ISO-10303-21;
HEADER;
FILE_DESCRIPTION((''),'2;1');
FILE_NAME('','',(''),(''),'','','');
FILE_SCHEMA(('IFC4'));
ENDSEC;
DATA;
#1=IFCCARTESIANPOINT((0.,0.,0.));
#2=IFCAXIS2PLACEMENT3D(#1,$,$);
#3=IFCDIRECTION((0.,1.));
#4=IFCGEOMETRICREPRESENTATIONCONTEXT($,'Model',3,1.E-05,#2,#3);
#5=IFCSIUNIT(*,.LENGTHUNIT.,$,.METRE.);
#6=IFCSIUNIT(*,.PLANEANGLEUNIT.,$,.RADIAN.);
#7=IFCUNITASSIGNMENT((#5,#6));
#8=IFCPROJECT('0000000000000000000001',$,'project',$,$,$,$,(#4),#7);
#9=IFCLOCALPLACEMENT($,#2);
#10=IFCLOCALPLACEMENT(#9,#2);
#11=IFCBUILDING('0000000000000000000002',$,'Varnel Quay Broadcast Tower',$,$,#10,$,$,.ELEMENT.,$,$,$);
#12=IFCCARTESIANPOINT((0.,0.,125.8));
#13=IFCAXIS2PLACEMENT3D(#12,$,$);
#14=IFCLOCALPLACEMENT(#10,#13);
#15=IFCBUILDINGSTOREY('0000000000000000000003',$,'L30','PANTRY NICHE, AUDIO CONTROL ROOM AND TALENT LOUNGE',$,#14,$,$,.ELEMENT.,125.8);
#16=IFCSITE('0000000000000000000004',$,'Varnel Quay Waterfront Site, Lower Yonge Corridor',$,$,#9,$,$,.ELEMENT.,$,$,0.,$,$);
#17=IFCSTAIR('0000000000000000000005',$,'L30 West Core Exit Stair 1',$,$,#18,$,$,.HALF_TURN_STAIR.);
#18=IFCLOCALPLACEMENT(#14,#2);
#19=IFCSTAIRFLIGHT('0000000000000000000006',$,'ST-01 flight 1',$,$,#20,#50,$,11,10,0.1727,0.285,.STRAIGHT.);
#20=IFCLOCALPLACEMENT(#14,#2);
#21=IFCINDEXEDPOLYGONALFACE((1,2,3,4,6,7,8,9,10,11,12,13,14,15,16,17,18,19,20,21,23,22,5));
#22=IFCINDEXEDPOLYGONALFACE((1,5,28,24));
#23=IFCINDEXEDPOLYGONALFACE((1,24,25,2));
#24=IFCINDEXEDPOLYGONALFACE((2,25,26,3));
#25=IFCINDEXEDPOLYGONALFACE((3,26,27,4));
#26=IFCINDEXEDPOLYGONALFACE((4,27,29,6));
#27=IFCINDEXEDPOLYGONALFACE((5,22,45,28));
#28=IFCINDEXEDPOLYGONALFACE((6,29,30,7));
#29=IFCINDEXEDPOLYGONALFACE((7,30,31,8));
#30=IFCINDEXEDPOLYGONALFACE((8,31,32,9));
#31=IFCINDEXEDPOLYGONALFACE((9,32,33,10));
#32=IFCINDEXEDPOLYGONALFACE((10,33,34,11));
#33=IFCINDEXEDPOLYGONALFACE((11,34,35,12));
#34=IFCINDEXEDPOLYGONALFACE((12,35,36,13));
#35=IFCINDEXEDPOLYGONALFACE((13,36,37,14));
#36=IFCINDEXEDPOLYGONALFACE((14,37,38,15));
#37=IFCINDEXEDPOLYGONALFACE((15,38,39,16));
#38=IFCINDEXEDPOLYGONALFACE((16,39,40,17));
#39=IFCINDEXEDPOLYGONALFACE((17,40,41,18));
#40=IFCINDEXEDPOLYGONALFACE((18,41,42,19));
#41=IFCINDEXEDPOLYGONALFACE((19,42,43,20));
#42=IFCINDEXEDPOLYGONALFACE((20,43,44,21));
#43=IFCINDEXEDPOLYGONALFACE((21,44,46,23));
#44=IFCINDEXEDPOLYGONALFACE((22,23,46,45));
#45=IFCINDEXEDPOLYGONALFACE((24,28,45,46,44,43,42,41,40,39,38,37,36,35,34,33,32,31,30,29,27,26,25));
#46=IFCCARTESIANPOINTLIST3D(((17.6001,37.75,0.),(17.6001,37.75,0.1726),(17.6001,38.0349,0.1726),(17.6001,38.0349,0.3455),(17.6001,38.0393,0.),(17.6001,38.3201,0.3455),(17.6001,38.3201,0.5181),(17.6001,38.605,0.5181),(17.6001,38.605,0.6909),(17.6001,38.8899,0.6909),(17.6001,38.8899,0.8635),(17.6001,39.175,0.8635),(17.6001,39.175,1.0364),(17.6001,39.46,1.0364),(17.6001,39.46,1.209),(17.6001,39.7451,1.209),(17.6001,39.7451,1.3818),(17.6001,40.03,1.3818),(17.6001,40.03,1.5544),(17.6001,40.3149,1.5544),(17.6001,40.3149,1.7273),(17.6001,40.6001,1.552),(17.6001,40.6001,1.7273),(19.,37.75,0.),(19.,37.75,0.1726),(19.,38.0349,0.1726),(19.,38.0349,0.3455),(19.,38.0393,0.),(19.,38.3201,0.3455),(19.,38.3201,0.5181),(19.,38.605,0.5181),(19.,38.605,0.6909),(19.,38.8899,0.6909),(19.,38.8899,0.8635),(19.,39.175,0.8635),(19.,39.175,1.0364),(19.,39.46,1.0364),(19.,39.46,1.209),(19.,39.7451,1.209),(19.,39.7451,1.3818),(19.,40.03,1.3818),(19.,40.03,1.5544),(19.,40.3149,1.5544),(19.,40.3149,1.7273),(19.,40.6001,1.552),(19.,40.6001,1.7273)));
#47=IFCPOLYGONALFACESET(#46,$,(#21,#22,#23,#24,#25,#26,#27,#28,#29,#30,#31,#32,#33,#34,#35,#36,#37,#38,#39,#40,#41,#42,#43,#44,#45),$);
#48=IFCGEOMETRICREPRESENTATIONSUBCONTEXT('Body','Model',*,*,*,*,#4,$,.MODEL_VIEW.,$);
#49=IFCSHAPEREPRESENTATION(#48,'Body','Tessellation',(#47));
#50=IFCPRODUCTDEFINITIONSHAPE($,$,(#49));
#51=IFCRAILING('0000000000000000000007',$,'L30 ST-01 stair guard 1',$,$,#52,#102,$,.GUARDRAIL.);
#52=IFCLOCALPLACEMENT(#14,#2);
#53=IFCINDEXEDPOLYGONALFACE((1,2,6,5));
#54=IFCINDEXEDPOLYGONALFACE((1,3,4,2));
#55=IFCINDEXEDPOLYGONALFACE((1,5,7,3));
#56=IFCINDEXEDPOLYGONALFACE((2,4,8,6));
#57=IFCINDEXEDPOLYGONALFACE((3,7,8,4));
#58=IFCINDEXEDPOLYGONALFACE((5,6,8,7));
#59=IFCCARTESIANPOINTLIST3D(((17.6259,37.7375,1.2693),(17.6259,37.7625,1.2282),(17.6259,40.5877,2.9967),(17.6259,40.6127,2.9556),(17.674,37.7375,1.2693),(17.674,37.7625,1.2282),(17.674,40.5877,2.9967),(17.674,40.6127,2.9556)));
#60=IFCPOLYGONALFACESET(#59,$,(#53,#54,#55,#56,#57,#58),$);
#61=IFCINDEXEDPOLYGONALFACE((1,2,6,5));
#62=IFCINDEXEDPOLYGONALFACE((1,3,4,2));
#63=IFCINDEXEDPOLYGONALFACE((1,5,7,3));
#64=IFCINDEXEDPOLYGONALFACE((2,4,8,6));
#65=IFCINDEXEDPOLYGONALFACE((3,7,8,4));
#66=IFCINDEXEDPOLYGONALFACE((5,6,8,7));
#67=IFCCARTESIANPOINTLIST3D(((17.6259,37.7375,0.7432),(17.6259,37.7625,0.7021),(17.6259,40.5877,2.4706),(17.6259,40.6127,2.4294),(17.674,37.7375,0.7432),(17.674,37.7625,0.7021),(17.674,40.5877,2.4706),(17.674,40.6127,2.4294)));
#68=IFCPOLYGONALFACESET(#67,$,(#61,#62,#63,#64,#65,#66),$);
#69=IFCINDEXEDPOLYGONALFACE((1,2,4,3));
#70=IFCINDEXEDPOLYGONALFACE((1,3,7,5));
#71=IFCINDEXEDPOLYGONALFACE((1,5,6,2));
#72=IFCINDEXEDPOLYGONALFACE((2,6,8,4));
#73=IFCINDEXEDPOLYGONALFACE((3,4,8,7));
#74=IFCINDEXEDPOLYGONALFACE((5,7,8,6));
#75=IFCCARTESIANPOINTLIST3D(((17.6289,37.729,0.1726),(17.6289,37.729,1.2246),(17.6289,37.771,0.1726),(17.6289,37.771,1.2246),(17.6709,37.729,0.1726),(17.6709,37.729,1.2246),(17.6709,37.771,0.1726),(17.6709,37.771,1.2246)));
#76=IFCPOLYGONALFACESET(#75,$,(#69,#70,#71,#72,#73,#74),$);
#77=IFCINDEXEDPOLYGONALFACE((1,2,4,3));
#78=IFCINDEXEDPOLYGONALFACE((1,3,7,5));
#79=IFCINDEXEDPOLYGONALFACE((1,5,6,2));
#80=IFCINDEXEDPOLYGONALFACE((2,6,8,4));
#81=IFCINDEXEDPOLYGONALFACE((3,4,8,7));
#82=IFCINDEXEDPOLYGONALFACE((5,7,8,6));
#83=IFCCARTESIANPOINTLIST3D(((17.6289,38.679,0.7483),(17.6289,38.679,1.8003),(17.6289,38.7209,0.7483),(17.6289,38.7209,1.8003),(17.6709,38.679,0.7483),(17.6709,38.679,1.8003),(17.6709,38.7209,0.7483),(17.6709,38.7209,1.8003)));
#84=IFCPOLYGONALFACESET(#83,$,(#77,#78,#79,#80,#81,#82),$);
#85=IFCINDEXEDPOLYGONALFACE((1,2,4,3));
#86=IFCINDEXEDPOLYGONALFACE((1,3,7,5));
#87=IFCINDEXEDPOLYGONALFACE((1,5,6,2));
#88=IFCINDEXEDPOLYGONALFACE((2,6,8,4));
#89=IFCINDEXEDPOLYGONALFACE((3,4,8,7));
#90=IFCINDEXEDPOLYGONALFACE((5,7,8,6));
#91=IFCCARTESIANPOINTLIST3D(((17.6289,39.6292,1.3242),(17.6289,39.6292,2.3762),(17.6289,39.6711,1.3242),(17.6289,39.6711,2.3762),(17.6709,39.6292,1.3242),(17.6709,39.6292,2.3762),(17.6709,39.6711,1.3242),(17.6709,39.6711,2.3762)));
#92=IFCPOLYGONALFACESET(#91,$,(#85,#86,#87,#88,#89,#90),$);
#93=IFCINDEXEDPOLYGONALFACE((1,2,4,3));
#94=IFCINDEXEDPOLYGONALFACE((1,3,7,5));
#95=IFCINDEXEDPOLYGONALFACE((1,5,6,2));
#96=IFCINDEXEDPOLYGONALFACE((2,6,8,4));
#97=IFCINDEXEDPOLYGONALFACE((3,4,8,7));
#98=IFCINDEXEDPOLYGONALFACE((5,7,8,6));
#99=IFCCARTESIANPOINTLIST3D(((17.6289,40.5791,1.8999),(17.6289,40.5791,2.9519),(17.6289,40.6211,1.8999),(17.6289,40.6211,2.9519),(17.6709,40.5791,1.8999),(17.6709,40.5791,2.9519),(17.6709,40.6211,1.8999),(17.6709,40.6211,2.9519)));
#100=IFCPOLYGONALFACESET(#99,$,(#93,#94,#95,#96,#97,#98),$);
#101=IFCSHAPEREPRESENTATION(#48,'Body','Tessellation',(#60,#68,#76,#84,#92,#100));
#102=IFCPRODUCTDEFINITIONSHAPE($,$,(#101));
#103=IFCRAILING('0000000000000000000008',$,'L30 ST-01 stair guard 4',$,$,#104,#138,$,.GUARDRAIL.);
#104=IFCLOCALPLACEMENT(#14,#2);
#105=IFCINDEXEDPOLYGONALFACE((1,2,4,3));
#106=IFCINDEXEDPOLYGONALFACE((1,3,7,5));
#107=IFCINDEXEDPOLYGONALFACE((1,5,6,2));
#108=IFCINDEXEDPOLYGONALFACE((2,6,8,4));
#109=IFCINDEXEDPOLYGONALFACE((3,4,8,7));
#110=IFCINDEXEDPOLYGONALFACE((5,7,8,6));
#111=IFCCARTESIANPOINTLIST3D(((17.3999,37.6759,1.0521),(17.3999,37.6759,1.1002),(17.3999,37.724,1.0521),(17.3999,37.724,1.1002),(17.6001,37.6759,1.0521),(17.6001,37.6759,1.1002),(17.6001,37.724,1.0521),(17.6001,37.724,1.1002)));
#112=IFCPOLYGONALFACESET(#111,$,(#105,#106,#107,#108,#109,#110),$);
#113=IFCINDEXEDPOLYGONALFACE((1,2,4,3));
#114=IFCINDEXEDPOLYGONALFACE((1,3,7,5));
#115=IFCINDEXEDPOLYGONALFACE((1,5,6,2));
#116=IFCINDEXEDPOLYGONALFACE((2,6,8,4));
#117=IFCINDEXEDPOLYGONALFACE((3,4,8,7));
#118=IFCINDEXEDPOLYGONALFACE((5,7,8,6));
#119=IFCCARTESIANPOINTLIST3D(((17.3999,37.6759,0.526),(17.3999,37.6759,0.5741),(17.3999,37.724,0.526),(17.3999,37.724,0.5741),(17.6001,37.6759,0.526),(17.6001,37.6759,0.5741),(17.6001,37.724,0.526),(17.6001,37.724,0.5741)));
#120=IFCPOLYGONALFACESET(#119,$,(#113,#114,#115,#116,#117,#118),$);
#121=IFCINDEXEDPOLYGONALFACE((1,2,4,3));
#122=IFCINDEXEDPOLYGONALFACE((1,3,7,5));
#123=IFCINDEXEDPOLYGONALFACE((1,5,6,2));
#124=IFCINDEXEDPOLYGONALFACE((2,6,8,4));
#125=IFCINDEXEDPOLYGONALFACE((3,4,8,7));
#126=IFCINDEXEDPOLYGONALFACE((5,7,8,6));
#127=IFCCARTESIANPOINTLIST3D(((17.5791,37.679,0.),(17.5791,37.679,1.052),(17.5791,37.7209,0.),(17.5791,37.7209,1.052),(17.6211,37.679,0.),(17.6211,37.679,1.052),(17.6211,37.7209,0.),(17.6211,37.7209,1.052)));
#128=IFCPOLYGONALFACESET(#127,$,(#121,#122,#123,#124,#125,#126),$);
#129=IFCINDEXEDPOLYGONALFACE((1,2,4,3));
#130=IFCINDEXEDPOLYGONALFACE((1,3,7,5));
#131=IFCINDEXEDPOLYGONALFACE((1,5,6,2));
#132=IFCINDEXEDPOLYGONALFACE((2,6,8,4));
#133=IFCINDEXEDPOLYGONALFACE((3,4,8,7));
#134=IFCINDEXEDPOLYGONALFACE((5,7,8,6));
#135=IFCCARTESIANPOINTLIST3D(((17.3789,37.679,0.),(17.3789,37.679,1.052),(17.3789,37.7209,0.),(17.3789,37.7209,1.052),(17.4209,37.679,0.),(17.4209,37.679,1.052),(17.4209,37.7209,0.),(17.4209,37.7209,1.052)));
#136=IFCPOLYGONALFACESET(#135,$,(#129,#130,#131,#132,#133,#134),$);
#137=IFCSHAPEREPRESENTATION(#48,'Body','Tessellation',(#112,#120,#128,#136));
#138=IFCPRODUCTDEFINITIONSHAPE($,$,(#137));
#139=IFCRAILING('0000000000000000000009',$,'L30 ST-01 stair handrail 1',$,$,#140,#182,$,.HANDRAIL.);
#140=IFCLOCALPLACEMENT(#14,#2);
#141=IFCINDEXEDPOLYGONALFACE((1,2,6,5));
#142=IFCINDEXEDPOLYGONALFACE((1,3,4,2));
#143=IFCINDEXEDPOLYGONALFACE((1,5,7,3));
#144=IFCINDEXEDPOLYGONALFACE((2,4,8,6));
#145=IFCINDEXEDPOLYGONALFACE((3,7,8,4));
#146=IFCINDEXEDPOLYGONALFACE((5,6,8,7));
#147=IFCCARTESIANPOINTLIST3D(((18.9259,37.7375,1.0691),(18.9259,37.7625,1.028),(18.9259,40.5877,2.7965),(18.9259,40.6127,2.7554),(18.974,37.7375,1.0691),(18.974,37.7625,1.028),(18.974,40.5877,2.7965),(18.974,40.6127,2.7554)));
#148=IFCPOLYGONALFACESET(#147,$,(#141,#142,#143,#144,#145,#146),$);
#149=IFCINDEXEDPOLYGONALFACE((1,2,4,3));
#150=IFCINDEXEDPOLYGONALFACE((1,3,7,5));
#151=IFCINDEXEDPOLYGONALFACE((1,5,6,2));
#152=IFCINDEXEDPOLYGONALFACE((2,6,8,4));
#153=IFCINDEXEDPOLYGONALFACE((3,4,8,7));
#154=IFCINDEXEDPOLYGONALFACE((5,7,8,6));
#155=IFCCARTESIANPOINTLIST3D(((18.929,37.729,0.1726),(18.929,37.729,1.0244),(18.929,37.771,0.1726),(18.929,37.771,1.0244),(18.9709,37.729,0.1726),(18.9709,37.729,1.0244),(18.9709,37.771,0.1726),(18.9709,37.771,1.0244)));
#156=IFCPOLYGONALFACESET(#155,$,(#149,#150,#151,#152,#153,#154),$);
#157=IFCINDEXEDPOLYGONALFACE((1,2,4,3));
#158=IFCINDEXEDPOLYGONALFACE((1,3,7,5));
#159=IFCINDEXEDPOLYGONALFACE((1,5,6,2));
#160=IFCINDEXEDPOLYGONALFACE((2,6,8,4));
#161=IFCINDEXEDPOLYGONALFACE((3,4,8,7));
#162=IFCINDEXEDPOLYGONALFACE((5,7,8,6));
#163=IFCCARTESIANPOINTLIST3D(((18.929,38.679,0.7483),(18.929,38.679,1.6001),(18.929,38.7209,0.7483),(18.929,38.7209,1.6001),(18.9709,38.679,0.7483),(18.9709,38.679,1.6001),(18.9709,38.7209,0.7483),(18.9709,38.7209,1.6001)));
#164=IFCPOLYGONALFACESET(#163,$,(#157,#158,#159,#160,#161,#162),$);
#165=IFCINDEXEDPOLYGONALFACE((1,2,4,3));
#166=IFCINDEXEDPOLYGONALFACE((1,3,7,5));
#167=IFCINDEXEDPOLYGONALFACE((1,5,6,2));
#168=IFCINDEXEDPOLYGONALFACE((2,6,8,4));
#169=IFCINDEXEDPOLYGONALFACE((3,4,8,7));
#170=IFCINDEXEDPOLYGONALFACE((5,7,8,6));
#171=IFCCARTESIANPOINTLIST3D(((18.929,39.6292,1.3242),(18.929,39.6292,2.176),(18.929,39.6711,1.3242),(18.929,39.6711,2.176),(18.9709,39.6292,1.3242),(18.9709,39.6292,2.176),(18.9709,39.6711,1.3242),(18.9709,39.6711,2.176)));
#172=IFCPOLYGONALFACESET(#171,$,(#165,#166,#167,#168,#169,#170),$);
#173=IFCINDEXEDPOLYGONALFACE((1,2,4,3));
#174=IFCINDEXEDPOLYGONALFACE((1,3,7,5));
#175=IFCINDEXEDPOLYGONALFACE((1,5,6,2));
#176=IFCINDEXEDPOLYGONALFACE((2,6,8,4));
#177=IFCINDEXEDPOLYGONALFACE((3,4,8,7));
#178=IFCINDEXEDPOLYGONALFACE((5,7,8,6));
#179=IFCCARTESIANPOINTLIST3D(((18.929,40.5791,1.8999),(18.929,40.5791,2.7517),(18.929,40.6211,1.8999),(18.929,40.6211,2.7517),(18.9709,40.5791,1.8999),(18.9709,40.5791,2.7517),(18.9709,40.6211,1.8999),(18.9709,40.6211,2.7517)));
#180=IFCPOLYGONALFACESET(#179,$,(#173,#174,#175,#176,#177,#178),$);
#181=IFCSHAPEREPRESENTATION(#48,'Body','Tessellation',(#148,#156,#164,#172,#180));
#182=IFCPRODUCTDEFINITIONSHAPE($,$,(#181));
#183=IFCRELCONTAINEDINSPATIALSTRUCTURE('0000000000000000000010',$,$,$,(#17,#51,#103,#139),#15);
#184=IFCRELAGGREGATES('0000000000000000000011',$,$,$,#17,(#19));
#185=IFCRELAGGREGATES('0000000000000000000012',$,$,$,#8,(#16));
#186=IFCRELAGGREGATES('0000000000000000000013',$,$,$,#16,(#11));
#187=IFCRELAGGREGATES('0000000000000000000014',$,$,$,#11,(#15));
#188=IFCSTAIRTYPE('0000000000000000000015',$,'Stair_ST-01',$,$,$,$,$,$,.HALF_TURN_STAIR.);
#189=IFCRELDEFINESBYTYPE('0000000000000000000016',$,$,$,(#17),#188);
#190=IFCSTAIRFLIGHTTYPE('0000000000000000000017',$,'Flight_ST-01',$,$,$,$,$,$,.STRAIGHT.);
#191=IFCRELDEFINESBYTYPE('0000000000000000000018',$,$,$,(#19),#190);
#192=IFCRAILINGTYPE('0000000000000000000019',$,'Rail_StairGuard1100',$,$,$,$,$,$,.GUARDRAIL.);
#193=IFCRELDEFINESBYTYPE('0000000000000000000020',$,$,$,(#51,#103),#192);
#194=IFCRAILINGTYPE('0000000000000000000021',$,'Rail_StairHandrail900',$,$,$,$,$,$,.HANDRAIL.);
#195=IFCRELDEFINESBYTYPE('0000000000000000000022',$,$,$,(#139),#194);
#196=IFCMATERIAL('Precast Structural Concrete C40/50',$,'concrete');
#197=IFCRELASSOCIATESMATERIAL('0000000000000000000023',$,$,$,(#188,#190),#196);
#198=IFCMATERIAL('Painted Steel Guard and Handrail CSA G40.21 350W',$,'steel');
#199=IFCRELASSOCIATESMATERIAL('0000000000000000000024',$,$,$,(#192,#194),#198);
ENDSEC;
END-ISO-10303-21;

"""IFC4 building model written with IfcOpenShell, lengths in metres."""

from ifc_helpers import new_model, si_unit, direction, frame, origin, origin_2d, place, context, subcontext, project, spatial, polyline, rectangle, outline, extrude, material, type_object, element, aggregate, save


model = new_model("IFC4")

# Units and contexts
model_context = context("Model", 3, precision=1e-05, world=origin(), true_north=direction((0.0, 1.0)))
body_context = subcontext(model_context, "Body", "Model", "MODEL_VIEW")
ifc_project = project(units=[si_unit("LENGTHUNIT", "METRE"), si_unit("PLANEANGLEUNIT", "RADIAN")], contexts=[model_context])

# Site, building, storey
site_placement = place(None, origin())
site = spatial("IfcSite", under=ifc_project, at=site_placement, Name="Varnel Quay Waterfront Site, Lower Yonge Corridor", CompositionType="ELEMENT", RefElevation=0.0)
building_placement = place(site_placement, origin())
building = spatial("IfcBuilding", under=site, at=building_placement, Name="Varnel Quay Broadcast Tower", CompositionType="ELEMENT")
storey_placement = place(building_placement, frame((0.0, 0.0, 125.8)))
storey = spatial("IfcBuildingStorey", under=building, at=storey_placement, Name="L30", Description="PANTRY NICHE, AUDIO CONTROL ROOM AND TALENT LOUNGE", CompositionType="ELEMENT", Elevation=125.8)

# Stair, stair flight
ifc_material_1 = material(Name="Precast Structural Concrete C40/50", Category="concrete")
stair_type = type_object("IfcStairType", Name="Stair_ST-01", PredefinedType="HALF_TURN_STAIR", material=ifc_material_1)
stair_placement = place(storey_placement, origin())
stair = element("IfcStair", 1, at=stair_placement, inside=storey, type_object=stair_type, Name="L30 West Core Exit Stair 1", PredefinedType="HALF_TURN_STAIR")
stair_flight_type = type_object("IfcStairFlightType", Name="Flight_ST-01", PredefinedType="STRAIGHT", material=ifc_material_1)
stair_flight_placement = place(storey_placement, frame((18.3, 37.75, 0.0), z_axis=(0.0, 0.0, 1.0), x_axis=(0.0, 1.0, 0.0)))
stair_flight = element("IfcStairFlight", 2, at=stair_flight_placement, type_object=stair_flight_type, Name="ST-01 flight 1", NumberOfRisers=11, NumberOfTreads=10, PredefinedType="STRAIGHT", RiserHeight=0.1727, TreadLength=0.285, context=body_context, shape_type="SweptSolid", body=[
    extrude(outline(polyline([(0.0, 0.0), (0.0, 0.1726), (0.2849, 0.1726), (0.2849, 0.3455), (0.5701, 0.3455), (0.5701, 0.5181), (0.855, 0.5181), (0.855, 0.6909), (1.1399, 0.6909), (1.1399, 0.8635), (1.425, 0.8635), (1.425, 1.0364), (1.71, 1.0364), (1.71, 1.209), (1.9951, 1.209), (1.9951, 1.3818), (2.28, 1.3818), (2.28, 1.5544), (2.5649, 1.5544), (2.5649, 1.7273), (2.8501, 1.7273), (2.8501, 1.8999), (2.8501, 1.552), (0.2893, 0.0), (0.0, 0.0)])), frame((0.0, 0.7, 0.0), z_axis=(0.0, -1.0, 0.0), x_axis=(1.0, 0.0, 0.0)), (0.0, 0.0, 1.0), 1.3999),
])
aggregate(stair, [stair_flight])

# Railings
ifc_material_2 = material(Name="Painted Steel Guard and Handrail CSA G40.21 350W", Category="steel")
railing_type_1 = type_object("IfcRailingType", Name="Rail_StairGuard1100", PredefinedType="GUARDRAIL", material=ifc_material_2)
railing_1_placement = place(storey_placement, frame((17.6499, 37.75, 0.1726)))
element("IfcRailing", 3, at=railing_1_placement, inside=storey, type_object=railing_type_1, Name="L30 ST-01 stair guard 1", PredefinedType="GUARDRAIL", context=body_context, shape_type="SweptSolid", body=[
    extrude(rectangle(XDim=0.0481, YDim=0.0481, at=origin_2d()), frame((0.0, 0.0, 1.0762), z_axis=(0.0, 0.855203, 0.518294), x_axis=(-1.0, 0.0, 0.0)), (0.0, 0.0, 1.0), 3.3328),
    extrude(rectangle(XDim=0.0481, YDim=0.0481, at=origin_2d()), frame((0.0, 0.0, 0.55), z_axis=(0.0, 0.855203, 0.518294), x_axis=(-1.0, 0.0, 0.0)), (0.0, 0.0, 1.0), 3.3328),
    extrude(rectangle(XDim=0.042, YDim=0.042, at=origin_2d()), origin(), (0.0, 0.0, 1.0), 1.052),
    extrude(rectangle(XDim=0.042, YDim=0.042, at=origin_2d()), frame((0.0, 0.95, 0.5757)), (0.0, 0.0, 1.0), 1.052),
    extrude(rectangle(XDim=0.042, YDim=0.042, at=origin_2d()), frame((0.0, 1.9001, 1.1516)), (0.0, 0.0, 1.0), 1.052),
    extrude(rectangle(XDim=0.042, YDim=0.042, at=origin_2d()), frame((0.0, 2.8501, 1.7273)), (0.0, 0.0, 1.0), 1.052),
])
railing_2_placement = place(storey_placement, frame((17.6001, 37.7, 0.0)))
element("IfcRailing", 4, at=railing_2_placement, inside=storey, type_object=railing_type_1, Name="L30 ST-01 stair guard 4", PredefinedType="GUARDRAIL", context=body_context, shape_type="SweptSolid", body=[
    extrude(rectangle(XDim=0.0481, YDim=0.0481, at=origin_2d()), frame((0.0, 0.0, 1.0762), z_axis=(-1.0, 0.0, 0.0), x_axis=(0.0, -1.0, 0.0)), (0.0, 0.0, 1.0), 0.2002),
    extrude(rectangle(XDim=0.0481, YDim=0.0481, at=origin_2d()), frame((0.0, 0.0, 0.55), z_axis=(-1.0, 0.0, 0.0), x_axis=(0.0, -1.0, 0.0)), (0.0, 0.0, 1.0), 0.2002),
    extrude(rectangle(XDim=0.042, YDim=0.042, at=origin_2d()), origin(), (0.0, 0.0, 1.0), 1.052),
    extrude(rectangle(XDim=0.042, YDim=0.042, at=origin_2d()), frame((-0.2002, 0.0, 0.0)), (0.0, 0.0, 1.0), 1.052),
])
railing_type_2 = type_object("IfcRailingType", Name="Rail_StairHandrail900", PredefinedType="HANDRAIL", material=ifc_material_2)
railing_3_placement = place(storey_placement, frame((18.95, 37.75, 0.1726)))
element("IfcRailing", 5, at=railing_3_placement, inside=storey, type_object=railing_type_2, Name="L30 ST-01 stair handrail 1", PredefinedType="HANDRAIL", context=body_context, shape_type="SweptSolid", body=[
    extrude(rectangle(XDim=0.0481, YDim=0.0481, at=origin_2d()), frame((0.0, 0.0, 0.876), z_axis=(0.0, 0.855203, 0.518294), x_axis=(-1.0, 0.0, 0.0)), (0.0, 0.0, 1.0), 3.3328),
    extrude(rectangle(XDim=0.042, YDim=0.042, at=origin_2d()), origin(), (0.0, 0.0, 1.0), 0.8518),
    extrude(rectangle(XDim=0.042, YDim=0.042, at=origin_2d()), frame((0.0, 0.95, 0.5757)), (0.0, 0.0, 1.0), 0.8518),
    extrude(rectangle(XDim=0.042, YDim=0.042, at=origin_2d()), frame((0.0, 1.9001, 1.1516)), (0.0, 0.0, 1.0), 0.8518),
    extrude(rectangle(XDim=0.042, YDim=0.042, at=origin_2d()), frame((0.0, 2.8501, 1.7273)), (0.0, 0.0, 1.0), 0.8518),
])

save(model, "model.ifc")
